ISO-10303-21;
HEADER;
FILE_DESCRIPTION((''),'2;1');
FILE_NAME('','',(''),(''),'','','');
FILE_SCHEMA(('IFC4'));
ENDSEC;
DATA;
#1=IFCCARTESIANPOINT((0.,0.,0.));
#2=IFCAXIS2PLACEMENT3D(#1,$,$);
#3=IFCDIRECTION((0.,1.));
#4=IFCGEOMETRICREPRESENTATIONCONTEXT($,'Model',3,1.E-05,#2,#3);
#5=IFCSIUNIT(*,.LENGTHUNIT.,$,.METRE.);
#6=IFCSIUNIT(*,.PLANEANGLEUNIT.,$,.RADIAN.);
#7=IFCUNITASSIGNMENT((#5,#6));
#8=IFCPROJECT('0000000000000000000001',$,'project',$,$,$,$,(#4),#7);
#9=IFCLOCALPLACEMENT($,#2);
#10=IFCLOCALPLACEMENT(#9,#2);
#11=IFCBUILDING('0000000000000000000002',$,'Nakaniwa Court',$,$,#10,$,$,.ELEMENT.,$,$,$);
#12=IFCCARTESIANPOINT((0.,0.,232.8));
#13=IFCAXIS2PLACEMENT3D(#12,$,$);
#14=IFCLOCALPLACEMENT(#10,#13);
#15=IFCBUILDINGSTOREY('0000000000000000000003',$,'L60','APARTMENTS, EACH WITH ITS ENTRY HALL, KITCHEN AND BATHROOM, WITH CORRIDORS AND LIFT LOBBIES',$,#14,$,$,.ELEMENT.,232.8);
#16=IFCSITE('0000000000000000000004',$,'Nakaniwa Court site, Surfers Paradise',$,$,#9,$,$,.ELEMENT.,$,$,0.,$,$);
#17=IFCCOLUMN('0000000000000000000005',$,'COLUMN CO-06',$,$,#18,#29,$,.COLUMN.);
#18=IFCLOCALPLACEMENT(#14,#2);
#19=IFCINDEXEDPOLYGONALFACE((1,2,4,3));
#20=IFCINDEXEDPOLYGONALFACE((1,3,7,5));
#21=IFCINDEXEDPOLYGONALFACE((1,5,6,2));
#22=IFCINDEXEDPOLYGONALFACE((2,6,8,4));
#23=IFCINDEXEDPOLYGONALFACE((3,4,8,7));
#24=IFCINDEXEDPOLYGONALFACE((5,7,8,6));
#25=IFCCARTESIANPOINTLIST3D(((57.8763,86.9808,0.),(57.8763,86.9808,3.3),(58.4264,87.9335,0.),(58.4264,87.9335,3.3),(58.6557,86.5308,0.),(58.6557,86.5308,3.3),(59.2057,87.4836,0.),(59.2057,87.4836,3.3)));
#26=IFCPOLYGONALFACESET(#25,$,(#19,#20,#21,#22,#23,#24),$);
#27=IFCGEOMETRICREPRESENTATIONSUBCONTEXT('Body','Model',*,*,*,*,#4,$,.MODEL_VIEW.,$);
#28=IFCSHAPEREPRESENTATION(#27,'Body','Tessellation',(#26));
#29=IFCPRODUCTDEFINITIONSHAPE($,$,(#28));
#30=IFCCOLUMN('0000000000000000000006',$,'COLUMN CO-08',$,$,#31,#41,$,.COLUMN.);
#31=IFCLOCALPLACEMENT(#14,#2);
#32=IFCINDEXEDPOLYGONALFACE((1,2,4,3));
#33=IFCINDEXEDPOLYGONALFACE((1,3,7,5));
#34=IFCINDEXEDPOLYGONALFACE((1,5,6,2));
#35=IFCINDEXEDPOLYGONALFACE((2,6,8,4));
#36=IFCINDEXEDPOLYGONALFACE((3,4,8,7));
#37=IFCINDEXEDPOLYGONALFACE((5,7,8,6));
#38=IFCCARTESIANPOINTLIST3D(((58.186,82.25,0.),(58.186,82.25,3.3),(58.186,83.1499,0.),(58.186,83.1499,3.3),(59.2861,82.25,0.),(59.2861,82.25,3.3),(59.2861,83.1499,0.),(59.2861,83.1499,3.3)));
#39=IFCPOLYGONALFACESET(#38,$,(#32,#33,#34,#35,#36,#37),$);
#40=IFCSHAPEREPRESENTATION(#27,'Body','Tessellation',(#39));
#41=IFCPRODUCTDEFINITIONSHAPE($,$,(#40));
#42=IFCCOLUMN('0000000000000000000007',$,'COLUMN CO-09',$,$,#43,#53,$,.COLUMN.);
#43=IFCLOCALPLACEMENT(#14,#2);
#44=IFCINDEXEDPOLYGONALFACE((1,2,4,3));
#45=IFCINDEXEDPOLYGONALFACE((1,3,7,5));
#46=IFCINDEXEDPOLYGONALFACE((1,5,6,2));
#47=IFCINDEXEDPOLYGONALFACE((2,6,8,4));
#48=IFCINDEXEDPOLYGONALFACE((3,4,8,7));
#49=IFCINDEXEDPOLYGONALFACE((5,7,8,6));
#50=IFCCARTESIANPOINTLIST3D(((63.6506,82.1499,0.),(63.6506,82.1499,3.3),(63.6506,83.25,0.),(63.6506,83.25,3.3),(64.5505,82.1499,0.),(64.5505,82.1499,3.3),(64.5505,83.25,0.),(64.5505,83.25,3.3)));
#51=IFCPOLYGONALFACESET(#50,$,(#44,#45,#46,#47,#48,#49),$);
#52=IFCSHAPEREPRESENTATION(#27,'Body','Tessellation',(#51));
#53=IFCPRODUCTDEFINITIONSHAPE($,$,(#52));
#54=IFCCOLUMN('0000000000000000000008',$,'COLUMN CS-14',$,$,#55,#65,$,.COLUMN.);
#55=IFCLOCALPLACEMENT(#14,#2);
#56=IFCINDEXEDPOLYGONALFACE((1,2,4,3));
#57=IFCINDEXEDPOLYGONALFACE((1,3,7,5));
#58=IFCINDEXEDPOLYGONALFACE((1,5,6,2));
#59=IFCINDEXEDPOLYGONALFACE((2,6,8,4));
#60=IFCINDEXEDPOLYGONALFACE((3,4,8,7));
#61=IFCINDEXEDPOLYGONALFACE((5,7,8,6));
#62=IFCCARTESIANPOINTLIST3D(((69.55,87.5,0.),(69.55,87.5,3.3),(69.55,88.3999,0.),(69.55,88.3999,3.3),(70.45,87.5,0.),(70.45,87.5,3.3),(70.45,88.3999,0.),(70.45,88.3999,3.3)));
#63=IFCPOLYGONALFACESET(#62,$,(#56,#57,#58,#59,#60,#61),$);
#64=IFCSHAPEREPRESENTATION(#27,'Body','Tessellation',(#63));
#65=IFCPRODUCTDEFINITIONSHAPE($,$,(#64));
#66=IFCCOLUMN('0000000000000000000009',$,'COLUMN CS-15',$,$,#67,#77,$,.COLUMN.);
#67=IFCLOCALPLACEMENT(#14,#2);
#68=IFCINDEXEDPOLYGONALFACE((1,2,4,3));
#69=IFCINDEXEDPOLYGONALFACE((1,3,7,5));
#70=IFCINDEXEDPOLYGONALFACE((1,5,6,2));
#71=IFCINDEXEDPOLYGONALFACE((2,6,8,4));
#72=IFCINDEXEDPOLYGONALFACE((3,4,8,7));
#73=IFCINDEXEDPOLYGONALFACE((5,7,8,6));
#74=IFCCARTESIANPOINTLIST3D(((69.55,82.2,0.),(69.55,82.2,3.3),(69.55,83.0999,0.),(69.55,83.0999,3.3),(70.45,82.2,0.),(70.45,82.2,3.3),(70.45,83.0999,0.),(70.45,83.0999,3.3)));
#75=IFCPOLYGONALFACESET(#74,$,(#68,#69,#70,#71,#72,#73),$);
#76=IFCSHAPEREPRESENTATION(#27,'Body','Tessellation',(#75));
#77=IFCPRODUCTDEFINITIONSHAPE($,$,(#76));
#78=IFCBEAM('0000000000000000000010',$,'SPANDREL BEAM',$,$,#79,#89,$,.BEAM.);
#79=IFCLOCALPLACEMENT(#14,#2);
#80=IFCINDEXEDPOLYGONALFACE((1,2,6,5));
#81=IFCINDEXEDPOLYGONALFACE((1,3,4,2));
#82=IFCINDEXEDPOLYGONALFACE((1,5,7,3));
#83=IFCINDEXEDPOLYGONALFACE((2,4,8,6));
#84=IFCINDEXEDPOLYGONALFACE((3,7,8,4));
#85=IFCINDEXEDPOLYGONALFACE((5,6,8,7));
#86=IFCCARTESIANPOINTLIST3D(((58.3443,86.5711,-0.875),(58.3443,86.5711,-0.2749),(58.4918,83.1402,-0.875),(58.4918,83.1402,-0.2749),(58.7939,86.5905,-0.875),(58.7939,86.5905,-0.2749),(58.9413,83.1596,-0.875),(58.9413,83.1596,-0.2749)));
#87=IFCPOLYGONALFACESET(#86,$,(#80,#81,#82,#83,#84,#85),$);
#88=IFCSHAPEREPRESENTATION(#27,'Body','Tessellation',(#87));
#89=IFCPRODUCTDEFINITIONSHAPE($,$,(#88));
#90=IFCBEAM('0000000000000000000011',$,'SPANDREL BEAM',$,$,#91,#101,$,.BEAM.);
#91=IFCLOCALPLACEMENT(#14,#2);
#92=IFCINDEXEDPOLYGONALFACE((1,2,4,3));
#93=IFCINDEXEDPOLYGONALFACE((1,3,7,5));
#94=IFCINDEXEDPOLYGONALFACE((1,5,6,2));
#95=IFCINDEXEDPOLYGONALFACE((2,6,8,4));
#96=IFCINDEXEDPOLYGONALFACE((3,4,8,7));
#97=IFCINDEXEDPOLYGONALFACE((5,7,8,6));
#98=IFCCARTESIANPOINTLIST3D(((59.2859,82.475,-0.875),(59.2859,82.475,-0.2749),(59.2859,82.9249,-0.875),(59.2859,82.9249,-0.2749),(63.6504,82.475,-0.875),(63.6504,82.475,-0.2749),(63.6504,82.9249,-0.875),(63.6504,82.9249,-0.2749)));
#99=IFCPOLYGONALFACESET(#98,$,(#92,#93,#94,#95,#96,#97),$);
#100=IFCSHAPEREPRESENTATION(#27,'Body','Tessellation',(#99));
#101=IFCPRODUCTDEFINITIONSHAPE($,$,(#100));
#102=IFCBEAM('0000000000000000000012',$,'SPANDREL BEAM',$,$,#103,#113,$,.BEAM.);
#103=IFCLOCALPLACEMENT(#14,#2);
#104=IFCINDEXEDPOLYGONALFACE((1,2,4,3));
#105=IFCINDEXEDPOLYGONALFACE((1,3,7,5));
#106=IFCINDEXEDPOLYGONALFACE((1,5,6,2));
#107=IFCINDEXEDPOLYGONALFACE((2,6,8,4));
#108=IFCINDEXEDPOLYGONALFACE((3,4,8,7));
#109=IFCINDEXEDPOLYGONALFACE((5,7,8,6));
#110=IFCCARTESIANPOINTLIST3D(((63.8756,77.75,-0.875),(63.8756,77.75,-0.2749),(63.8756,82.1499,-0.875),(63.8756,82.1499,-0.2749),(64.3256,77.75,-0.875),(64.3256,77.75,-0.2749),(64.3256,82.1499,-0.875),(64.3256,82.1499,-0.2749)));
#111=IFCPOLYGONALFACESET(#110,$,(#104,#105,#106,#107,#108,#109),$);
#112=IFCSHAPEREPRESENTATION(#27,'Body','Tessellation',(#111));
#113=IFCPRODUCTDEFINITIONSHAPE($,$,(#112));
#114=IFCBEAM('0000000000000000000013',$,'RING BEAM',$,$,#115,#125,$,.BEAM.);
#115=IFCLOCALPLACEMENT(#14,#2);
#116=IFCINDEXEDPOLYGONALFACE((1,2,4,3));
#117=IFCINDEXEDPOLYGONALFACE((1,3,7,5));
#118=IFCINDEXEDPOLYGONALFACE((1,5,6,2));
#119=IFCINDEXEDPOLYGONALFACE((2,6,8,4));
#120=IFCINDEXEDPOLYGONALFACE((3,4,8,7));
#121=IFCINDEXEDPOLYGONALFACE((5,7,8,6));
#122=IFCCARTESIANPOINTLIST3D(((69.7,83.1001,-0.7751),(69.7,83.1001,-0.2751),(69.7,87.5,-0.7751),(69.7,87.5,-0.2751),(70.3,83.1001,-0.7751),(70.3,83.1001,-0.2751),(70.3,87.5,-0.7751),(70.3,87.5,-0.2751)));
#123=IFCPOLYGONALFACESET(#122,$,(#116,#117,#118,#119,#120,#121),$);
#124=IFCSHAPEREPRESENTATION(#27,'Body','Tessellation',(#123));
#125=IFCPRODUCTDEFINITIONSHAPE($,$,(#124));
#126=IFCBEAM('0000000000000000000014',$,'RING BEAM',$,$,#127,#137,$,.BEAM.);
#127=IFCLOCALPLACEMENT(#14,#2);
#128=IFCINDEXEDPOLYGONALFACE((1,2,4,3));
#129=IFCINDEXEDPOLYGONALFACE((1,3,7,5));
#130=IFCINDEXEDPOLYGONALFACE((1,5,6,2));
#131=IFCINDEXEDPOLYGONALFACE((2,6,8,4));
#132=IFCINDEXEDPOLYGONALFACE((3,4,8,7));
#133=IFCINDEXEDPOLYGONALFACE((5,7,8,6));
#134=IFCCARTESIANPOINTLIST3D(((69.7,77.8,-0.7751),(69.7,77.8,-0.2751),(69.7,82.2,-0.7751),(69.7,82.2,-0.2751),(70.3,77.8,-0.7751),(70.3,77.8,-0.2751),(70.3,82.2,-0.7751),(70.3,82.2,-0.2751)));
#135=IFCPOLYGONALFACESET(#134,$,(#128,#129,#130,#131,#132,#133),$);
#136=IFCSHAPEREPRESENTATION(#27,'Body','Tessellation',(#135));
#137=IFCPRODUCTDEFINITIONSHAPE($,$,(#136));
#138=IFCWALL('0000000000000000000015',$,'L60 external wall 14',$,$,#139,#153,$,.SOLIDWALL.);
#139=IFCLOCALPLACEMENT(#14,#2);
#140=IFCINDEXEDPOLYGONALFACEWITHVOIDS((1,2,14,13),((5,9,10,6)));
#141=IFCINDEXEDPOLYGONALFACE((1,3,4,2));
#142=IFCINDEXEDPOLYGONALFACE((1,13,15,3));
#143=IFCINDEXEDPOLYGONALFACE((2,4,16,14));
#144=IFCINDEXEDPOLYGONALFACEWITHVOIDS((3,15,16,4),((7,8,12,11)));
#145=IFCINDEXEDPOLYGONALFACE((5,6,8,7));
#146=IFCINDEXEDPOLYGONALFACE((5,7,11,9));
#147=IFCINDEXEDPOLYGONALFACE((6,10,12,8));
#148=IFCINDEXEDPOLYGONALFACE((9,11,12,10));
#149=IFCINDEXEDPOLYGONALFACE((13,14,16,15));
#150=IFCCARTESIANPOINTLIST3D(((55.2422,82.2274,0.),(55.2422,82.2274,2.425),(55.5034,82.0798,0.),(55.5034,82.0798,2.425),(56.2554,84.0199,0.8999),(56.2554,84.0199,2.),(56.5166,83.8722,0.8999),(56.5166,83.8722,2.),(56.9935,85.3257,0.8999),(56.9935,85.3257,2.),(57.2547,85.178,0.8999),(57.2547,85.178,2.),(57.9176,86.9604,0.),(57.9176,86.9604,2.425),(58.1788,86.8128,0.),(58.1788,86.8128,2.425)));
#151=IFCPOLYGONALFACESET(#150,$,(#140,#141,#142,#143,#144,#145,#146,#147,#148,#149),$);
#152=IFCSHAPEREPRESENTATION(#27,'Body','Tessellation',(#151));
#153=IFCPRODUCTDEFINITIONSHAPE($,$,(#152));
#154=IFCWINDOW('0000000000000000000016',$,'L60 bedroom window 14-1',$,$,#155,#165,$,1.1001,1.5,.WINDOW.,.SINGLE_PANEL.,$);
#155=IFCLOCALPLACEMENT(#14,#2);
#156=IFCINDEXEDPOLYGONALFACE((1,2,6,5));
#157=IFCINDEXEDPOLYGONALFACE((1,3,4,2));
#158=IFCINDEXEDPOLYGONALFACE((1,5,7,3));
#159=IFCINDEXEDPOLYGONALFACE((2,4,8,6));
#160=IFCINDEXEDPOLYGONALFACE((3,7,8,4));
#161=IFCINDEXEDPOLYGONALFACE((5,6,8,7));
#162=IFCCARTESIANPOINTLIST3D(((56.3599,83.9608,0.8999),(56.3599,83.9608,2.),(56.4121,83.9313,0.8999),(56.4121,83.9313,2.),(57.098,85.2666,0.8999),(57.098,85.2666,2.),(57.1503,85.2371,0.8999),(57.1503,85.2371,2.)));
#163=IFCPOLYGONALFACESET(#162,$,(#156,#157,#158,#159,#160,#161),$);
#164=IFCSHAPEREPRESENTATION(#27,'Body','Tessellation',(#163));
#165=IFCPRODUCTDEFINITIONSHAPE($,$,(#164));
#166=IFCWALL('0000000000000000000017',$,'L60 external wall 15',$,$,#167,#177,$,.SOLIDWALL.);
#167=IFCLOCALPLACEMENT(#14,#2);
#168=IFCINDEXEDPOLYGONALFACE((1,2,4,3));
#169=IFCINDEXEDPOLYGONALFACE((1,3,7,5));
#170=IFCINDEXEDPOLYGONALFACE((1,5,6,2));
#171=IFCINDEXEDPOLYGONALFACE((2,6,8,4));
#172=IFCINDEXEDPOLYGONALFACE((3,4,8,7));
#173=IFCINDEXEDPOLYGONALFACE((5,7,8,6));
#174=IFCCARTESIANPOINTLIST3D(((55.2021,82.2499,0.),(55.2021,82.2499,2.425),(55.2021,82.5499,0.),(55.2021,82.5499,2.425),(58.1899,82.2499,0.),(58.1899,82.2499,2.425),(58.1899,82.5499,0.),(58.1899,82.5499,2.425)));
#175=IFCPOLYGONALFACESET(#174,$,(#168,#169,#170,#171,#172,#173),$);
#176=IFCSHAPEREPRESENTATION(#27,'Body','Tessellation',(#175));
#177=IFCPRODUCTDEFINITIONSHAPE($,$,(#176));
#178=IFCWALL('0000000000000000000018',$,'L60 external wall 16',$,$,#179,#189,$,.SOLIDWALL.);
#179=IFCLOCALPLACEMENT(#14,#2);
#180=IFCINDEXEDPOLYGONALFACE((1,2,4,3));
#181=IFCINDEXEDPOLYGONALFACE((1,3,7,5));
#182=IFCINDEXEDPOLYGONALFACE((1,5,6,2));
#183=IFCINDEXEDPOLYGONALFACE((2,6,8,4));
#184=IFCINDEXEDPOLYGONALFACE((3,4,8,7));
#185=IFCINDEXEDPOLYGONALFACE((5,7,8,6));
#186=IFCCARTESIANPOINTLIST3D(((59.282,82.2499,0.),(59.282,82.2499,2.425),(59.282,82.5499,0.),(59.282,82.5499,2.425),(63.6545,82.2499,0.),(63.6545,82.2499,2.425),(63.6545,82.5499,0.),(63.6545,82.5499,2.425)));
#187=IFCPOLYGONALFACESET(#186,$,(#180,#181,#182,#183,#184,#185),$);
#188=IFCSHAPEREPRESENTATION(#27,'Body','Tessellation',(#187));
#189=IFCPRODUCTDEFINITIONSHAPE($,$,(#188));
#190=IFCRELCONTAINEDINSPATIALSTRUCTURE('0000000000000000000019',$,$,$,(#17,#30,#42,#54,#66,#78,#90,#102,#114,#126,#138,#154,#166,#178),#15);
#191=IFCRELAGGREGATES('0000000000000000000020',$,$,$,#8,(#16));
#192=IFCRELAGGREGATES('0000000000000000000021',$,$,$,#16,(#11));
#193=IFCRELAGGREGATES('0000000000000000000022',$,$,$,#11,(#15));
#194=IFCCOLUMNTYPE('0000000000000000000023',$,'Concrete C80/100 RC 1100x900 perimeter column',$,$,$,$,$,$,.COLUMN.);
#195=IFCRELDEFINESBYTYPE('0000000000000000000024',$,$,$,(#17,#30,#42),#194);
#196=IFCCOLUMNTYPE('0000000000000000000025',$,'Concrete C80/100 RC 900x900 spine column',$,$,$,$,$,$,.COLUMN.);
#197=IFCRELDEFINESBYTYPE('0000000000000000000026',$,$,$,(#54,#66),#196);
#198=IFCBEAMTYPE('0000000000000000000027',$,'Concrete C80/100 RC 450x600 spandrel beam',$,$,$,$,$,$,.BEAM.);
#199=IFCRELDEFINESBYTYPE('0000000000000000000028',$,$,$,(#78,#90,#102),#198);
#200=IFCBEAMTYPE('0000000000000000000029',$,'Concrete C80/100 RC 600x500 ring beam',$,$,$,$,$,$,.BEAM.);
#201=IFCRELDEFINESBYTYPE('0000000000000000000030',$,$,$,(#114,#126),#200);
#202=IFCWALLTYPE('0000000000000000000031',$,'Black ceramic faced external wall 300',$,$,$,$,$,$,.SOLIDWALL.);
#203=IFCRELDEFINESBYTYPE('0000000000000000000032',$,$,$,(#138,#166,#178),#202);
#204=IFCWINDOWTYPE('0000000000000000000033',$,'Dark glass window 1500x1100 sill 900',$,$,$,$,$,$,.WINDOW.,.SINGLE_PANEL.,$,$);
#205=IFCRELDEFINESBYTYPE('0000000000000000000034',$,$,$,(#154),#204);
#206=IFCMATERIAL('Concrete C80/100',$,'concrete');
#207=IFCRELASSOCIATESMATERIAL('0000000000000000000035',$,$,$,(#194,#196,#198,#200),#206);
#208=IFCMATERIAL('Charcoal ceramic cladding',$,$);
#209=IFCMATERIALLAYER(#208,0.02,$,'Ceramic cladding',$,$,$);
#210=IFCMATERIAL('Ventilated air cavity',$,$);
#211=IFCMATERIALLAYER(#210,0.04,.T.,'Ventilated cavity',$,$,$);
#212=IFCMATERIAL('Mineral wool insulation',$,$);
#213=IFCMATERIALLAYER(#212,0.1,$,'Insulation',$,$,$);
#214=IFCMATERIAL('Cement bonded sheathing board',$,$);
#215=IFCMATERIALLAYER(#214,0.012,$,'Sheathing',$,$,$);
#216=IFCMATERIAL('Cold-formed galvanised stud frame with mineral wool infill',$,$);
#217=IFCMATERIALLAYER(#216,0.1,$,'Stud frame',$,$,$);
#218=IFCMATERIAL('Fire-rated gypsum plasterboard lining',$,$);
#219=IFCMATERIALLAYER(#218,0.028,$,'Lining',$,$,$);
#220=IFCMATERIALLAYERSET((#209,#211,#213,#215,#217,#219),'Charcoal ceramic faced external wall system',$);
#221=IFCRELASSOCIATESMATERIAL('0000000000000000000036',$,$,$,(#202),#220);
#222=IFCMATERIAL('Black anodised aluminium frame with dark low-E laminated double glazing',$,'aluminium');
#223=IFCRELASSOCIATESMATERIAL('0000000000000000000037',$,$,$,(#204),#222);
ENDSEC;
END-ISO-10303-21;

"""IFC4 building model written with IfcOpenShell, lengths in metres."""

from ifc_helpers import new_model, si_unit, direction, frame, frame_2d, origin, origin_2d, place, context, subcontext, project, spatial, rectangle, extrude, material, layer, layer_set, material_profile, profile_set, type_object, element, fill, save


model = new_model("IFC4")

# Units and contexts
model_context = context("Model", 3, precision=1e-05, world=origin(), true_north=direction((0.0, 1.0)))
body_context = subcontext(model_context, "Body", "Model", "MODEL_VIEW")
ifc_project = project(units=[si_unit("LENGTHUNIT", "METRE"), si_unit("PLANEANGLEUNIT", "RADIAN")], contexts=[model_context])

# Site, building, storey
site_placement = place(None, origin())
site = spatial("IfcSite", under=ifc_project, at=site_placement, Name="Nakaniwa Court site, Surfers Paradise", CompositionType="ELEMENT", RefElevation=0.0)
building_placement = place(site_placement, origin())
building = spatial("IfcBuilding", under=site, at=building_placement, Name="Nakaniwa Court", CompositionType="ELEMENT")
storey_placement = place(building_placement, frame((0.0, 0.0, 232.8)))
storey = spatial("IfcBuildingStorey", under=building, at=storey_placement, Name="L60", Description="APARTMENTS, EACH WITH ITS ENTRY HALL, KITCHEN AND BATHROOM, WITH CORRIDORS AND LIFT LOBBIES", CompositionType="ELEMENT", Elevation=232.8)

# Columns
ifc_material_1 = material(Name="Concrete C80/100", Category="concrete")
ifc_material_profile_1 = material_profile(ifc_material_1, rectangle(XDim=1.1001, YDim=0.8999, at=origin_2d()), Name="Concrete C80/100 RC 1100x900 perimeter column")
ifc_profile_set_1 = profile_set([ifc_material_profile_1], Name="Concrete C80/100")
column_type_1 = type_object("IfcColumnType", Name="Concrete C80/100 RC 1100x900 perimeter column", PredefinedType="COLUMN", material=ifc_profile_set_1)
for number, where, z_axis, x_axis, name in (
    (1, (58.541, 87.2322, 0.0), (0.0, 0.0, 1.0), (-0.5, -0.866025, 0.0), "COLUMN CO-06"),
    (2, (58.7361, 82.7, 0.0), (0.0, 0.0, 1.0), (1.0, 0.0, 0.0), "COLUMN CO-08"),
    (3, (64.1006, 82.7, 0.0), (0.0, 0.0, 1.0), (0.0, -1.0, 0.0), "COLUMN CO-09"),
):
    element("IfcColumn", number, at=place(storey_placement, frame(where, z_axis=z_axis, x_axis=x_axis)), inside=storey, type_object=column_type_1, Name=name, PredefinedType="COLUMN", context=body_context, shape_type="SweptSolid", body=[
        extrude(rectangle(XDim=1.1001, YDim=0.8999, at=origin_2d()), origin(), (0.0, 0.0, 1.0), 3.3),
    ])
ifc_material_profile_2 = material_profile(ifc_material_1, rectangle(XDim=0.8999, YDim=0.8999, at=origin_2d()), Name="Concrete C80/100 RC 900x900 spine column")
ifc_profile_set_2 = profile_set([ifc_material_profile_2], Name="Concrete C80/100")
column_type_2 = type_object("IfcColumnType", Name="Concrete C80/100 RC 900x900 spine column", PredefinedType="COLUMN", material=ifc_profile_set_2)
for number, where, z_axis, x_axis, name in (
    (4, (70.0, 87.95, 0.0), (0.0, 0.0, 1.0), (0.0, -1.0, 0.0), "COLUMN CS-14"),
    (5, (70.0, 82.6499, 0.0), (0.0, 0.0, 1.0), (0.0, -1.0, 0.0), "COLUMN CS-15"),
):
    element("IfcColumn", number, at=place(storey_placement, frame(where, z_axis=z_axis, x_axis=x_axis)), inside=storey, type_object=column_type_2, Name=name, PredefinedType="COLUMN", context=body_context, shape_type="SweptSolid", body=[
        extrude(rectangle(XDim=0.8999, YDim=0.8999, at=origin_2d()), origin(), (0.0, 0.0, 1.0), 3.3),
    ])

# Beams
ifc_material_profile_3 = material_profile(ifc_material_1, rectangle(XDim=0.45, YDim=0.6001, at=origin_2d()), Name="Concrete C80/100 RC 450x600 spandrel beam")
ifc_profile_set_3 = profile_set([ifc_material_profile_3], Name="Concrete C80/100")
beam_type_1 = type_object("IfcBeamType", Name="Concrete C80/100 RC 450x600 spandrel beam", PredefinedType="BEAM", material=ifc_profile_set_3)
beam_1_placement = place(storey_placement, frame((58.5691, 86.5808, -0.575), z_axis=(0.042941, -0.999078, 0.0), x_axis=(0.999078, 0.042941, 0.0)))
element("IfcBeam", 6, at=beam_1_placement, inside=storey, type_object=beam_type_1, Name="SPANDREL BEAM", PredefinedType="BEAM", context=body_context, shape_type="SweptSolid", body=[
    extrude(rectangle(XDim=0.45, YDim=0.6001, at=origin_2d()), origin(), (0.0, 0.0, 1.0), 3.4341),
])
beam_2_placement = place(storey_placement, frame((59.2859, 82.7, -0.575), z_axis=(1.0, 0.0, 0.0), x_axis=(0.0, 1.0, 0.0)))
element("IfcBeam", 7, at=beam_2_placement, inside=storey, type_object=beam_type_1, Name="SPANDREL BEAM", PredefinedType="BEAM", context=body_context, shape_type="SweptSolid", body=[
    extrude(rectangle(XDim=0.45, YDim=0.6001, at=origin_2d()), origin(), (0.0, 0.0, 1.0), 4.3645),
])
beam_3_placement = place(storey_placement, frame((64.1006, 82.1499, -0.575), z_axis=(0.0, -1.0, 0.0), x_axis=(1.0, 0.0, 0.0)))
element("IfcBeam", 8, at=beam_3_placement, inside=storey, type_object=beam_type_1, Name="SPANDREL BEAM", PredefinedType="BEAM", context=body_context, shape_type="SweptSolid", body=[
    extrude(rectangle(XDim=0.45, YDim=0.6001, at=origin_2d()), origin(), (0.0, 0.0, 1.0), 4.3999),
])
ifc_material_profile_4 = material_profile(ifc_material_1, rectangle(XDim=0.6001, YDim=0.5, at=origin_2d()), Name="Concrete C80/100 RC 600x500 ring beam")
ifc_profile_set_4 = profile_set([ifc_material_profile_4], Name="Concrete C80/100")
beam_type_2 = type_object("IfcBeamType", Name="Concrete C80/100 RC 600x500 ring beam", PredefinedType="BEAM", material=ifc_profile_set_4)
for number, where, z_axis, x_axis, name in (
    (9, (70.0, 87.5, -0.5251), (0.0, -1.0, 0.0), (1.0, 0.0, 0.0), "RING BEAM"),
    (10, (70.0, 82.2, -0.5251), (0.0, -1.0, 0.0), (1.0, 0.0, 0.0), "RING BEAM"),
):
    element("IfcBeam", number, at=place(storey_placement, frame(where, z_axis=z_axis, x_axis=x_axis)), inside=storey, type_object=beam_type_2, Name=name, PredefinedType="BEAM", context=body_context, shape_type="SweptSolid", body=[
        extrude(rectangle(XDim=0.6001, YDim=0.5, at=origin_2d()), origin(), (0.0, 0.0, 1.0), 4.3999),
    ])

# Wall, opening, window
ifc_material_2 = material(Name="Charcoal ceramic cladding")
ifc_layer_1 = layer(ifc_material_2, 0.02, Name="Ceramic cladding")
ifc_material_3 = material(Name="Ventilated air cavity")
ifc_layer_2 = layer(ifc_material_3, 0.04, ventilated=True, Name="Ventilated cavity")
ifc_material_4 = material(Name="Mineral wool insulation")
ifc_layer_3 = layer(ifc_material_4, 0.1, Name="Insulation")
ifc_material_5 = material(Name="Cement bonded sheathing board")
ifc_layer_4 = layer(ifc_material_5, 0.012, Name="Sheathing")
ifc_material_6 = material(Name="Cold-formed galvanised stud frame with mineral wool infill")
ifc_layer_5 = layer(ifc_material_6, 0.1, Name="Stud frame")
ifc_material_7 = material(Name="Fire-rated gypsum plasterboard lining")
ifc_layer_6 = layer(ifc_material_7, 0.028, Name="Lining")
ifc_layer_set_1 = layer_set([ifc_layer_1, ifc_layer_2, ifc_layer_3, ifc_layer_4, ifc_layer_5, ifc_layer_6], Name="Charcoal ceramic faced external wall system")
wall_type_1 = type_object("IfcWallType", Name="Black ceramic faced external wall 300", PredefinedType="SOLIDWALL", material=ifc_layer_set_1)
wall_1_placement = place(storey_placement, frame((58.0481, 86.8865, 0.0), z_axis=(0.0, 0.0, 1.0), x_axis=(-0.492081, -0.870549, 0.0)))
wall_1 = element("IfcWall", 11, at=wall_1_placement, inside=storey, type_object=wall_type_1, Name="L60 external wall 14", PredefinedType="SOLIDWALL", context=body_context, shape_type="SweptSolid", body=[
    extrude(rectangle(XDim=5.4368, YDim=0.3, at=frame_2d((2.7183, 0.0))), origin(), (0.0, 0.0, 1.0), 2.425),
])
opening_1_placement = place(wall_1_placement, frame((1.8777, 0.0, 0.8999)))
opening_1 = element("IfcOpeningElement", 12, at=opening_1_placement, cuts=wall_1, PredefinedType="OPENING", context=body_context, shape_type="SweptSolid", body=[
    extrude(rectangle(XDim=1.5, YDim=1.1001, at=frame_2d((0.75, 0.55))), frame((0.0, 0.1599, 0.0), z_axis=(0.0, -1.0, 0.0), x_axis=(1.0, 0.0, 0.0)), (0.0, 0.0, 1.0), 0.3201),
])
ifc_material_8 = material(Name="Black anodised aluminium frame with dark low-E laminated double glazing", Category="aluminium")
window_type_1 = type_object("IfcWindowType", Name="Dark glass window 1500x1100 sill 900", PartitioningType="SINGLE_PANEL", PredefinedType="WINDOW", material=ifc_material_8)
window_1_placement = place(opening_1_placement, origin())
window_1 = element("IfcWindow", 13, at=window_1_placement, inside=storey, type_object=window_type_1, Name="L60 bedroom window 14-1", OverallHeight=1.1001, OverallWidth=1.5, PartitioningType="SINGLE_PANEL", PredefinedType="WINDOW", context=body_context, shape_type="SweptSolid", body=[
    extrude(rectangle(XDim=1.5, YDim=1.1001, at=frame_2d((0.75, 0.55))), frame((0.0, 0.03, 0.0), z_axis=(0.0, -1.0, 0.0), x_axis=(1.0, 0.0, 0.0)), (0.0, 0.0, 1.0), 0.0601),
])
fill(opening_1, window_1)

# Walls
wall_2_placement = place(storey_placement, frame((55.2021, 82.3999, 0.0), z_axis=(0.0, 0.0, 1.0), x_axis=(1.0, 0.0, 0.0)))
element("IfcWall", 14, at=wall_2_placement, inside=storey, type_object=wall_type_1, Name="L60 external wall 15", PredefinedType="SOLIDWALL", context=body_context, shape_type="SweptSolid", body=[
    extrude(rectangle(XDim=2.9878, YDim=0.3, at=frame_2d((1.4939, 0.0))), origin(), (0.0, 0.0, 1.0), 2.425),
])
wall_3_placement = place(storey_placement, frame((59.282, 82.3999, 0.0), z_axis=(0.0, 0.0, 1.0), x_axis=(1.0, 0.0, 0.0)))
element("IfcWall", 15, at=wall_3_placement, inside=storey, type_object=wall_type_1, Name="L60 external wall 16", PredefinedType="SOLIDWALL", context=body_context, shape_type="SweptSolid", body=[
    extrude(rectangle(XDim=4.3726, YDim=0.3, at=frame_2d((2.1863, 0.0))), origin(), (0.0, 0.0, 1.0), 2.425),
])

save(model, "model.ifc")
